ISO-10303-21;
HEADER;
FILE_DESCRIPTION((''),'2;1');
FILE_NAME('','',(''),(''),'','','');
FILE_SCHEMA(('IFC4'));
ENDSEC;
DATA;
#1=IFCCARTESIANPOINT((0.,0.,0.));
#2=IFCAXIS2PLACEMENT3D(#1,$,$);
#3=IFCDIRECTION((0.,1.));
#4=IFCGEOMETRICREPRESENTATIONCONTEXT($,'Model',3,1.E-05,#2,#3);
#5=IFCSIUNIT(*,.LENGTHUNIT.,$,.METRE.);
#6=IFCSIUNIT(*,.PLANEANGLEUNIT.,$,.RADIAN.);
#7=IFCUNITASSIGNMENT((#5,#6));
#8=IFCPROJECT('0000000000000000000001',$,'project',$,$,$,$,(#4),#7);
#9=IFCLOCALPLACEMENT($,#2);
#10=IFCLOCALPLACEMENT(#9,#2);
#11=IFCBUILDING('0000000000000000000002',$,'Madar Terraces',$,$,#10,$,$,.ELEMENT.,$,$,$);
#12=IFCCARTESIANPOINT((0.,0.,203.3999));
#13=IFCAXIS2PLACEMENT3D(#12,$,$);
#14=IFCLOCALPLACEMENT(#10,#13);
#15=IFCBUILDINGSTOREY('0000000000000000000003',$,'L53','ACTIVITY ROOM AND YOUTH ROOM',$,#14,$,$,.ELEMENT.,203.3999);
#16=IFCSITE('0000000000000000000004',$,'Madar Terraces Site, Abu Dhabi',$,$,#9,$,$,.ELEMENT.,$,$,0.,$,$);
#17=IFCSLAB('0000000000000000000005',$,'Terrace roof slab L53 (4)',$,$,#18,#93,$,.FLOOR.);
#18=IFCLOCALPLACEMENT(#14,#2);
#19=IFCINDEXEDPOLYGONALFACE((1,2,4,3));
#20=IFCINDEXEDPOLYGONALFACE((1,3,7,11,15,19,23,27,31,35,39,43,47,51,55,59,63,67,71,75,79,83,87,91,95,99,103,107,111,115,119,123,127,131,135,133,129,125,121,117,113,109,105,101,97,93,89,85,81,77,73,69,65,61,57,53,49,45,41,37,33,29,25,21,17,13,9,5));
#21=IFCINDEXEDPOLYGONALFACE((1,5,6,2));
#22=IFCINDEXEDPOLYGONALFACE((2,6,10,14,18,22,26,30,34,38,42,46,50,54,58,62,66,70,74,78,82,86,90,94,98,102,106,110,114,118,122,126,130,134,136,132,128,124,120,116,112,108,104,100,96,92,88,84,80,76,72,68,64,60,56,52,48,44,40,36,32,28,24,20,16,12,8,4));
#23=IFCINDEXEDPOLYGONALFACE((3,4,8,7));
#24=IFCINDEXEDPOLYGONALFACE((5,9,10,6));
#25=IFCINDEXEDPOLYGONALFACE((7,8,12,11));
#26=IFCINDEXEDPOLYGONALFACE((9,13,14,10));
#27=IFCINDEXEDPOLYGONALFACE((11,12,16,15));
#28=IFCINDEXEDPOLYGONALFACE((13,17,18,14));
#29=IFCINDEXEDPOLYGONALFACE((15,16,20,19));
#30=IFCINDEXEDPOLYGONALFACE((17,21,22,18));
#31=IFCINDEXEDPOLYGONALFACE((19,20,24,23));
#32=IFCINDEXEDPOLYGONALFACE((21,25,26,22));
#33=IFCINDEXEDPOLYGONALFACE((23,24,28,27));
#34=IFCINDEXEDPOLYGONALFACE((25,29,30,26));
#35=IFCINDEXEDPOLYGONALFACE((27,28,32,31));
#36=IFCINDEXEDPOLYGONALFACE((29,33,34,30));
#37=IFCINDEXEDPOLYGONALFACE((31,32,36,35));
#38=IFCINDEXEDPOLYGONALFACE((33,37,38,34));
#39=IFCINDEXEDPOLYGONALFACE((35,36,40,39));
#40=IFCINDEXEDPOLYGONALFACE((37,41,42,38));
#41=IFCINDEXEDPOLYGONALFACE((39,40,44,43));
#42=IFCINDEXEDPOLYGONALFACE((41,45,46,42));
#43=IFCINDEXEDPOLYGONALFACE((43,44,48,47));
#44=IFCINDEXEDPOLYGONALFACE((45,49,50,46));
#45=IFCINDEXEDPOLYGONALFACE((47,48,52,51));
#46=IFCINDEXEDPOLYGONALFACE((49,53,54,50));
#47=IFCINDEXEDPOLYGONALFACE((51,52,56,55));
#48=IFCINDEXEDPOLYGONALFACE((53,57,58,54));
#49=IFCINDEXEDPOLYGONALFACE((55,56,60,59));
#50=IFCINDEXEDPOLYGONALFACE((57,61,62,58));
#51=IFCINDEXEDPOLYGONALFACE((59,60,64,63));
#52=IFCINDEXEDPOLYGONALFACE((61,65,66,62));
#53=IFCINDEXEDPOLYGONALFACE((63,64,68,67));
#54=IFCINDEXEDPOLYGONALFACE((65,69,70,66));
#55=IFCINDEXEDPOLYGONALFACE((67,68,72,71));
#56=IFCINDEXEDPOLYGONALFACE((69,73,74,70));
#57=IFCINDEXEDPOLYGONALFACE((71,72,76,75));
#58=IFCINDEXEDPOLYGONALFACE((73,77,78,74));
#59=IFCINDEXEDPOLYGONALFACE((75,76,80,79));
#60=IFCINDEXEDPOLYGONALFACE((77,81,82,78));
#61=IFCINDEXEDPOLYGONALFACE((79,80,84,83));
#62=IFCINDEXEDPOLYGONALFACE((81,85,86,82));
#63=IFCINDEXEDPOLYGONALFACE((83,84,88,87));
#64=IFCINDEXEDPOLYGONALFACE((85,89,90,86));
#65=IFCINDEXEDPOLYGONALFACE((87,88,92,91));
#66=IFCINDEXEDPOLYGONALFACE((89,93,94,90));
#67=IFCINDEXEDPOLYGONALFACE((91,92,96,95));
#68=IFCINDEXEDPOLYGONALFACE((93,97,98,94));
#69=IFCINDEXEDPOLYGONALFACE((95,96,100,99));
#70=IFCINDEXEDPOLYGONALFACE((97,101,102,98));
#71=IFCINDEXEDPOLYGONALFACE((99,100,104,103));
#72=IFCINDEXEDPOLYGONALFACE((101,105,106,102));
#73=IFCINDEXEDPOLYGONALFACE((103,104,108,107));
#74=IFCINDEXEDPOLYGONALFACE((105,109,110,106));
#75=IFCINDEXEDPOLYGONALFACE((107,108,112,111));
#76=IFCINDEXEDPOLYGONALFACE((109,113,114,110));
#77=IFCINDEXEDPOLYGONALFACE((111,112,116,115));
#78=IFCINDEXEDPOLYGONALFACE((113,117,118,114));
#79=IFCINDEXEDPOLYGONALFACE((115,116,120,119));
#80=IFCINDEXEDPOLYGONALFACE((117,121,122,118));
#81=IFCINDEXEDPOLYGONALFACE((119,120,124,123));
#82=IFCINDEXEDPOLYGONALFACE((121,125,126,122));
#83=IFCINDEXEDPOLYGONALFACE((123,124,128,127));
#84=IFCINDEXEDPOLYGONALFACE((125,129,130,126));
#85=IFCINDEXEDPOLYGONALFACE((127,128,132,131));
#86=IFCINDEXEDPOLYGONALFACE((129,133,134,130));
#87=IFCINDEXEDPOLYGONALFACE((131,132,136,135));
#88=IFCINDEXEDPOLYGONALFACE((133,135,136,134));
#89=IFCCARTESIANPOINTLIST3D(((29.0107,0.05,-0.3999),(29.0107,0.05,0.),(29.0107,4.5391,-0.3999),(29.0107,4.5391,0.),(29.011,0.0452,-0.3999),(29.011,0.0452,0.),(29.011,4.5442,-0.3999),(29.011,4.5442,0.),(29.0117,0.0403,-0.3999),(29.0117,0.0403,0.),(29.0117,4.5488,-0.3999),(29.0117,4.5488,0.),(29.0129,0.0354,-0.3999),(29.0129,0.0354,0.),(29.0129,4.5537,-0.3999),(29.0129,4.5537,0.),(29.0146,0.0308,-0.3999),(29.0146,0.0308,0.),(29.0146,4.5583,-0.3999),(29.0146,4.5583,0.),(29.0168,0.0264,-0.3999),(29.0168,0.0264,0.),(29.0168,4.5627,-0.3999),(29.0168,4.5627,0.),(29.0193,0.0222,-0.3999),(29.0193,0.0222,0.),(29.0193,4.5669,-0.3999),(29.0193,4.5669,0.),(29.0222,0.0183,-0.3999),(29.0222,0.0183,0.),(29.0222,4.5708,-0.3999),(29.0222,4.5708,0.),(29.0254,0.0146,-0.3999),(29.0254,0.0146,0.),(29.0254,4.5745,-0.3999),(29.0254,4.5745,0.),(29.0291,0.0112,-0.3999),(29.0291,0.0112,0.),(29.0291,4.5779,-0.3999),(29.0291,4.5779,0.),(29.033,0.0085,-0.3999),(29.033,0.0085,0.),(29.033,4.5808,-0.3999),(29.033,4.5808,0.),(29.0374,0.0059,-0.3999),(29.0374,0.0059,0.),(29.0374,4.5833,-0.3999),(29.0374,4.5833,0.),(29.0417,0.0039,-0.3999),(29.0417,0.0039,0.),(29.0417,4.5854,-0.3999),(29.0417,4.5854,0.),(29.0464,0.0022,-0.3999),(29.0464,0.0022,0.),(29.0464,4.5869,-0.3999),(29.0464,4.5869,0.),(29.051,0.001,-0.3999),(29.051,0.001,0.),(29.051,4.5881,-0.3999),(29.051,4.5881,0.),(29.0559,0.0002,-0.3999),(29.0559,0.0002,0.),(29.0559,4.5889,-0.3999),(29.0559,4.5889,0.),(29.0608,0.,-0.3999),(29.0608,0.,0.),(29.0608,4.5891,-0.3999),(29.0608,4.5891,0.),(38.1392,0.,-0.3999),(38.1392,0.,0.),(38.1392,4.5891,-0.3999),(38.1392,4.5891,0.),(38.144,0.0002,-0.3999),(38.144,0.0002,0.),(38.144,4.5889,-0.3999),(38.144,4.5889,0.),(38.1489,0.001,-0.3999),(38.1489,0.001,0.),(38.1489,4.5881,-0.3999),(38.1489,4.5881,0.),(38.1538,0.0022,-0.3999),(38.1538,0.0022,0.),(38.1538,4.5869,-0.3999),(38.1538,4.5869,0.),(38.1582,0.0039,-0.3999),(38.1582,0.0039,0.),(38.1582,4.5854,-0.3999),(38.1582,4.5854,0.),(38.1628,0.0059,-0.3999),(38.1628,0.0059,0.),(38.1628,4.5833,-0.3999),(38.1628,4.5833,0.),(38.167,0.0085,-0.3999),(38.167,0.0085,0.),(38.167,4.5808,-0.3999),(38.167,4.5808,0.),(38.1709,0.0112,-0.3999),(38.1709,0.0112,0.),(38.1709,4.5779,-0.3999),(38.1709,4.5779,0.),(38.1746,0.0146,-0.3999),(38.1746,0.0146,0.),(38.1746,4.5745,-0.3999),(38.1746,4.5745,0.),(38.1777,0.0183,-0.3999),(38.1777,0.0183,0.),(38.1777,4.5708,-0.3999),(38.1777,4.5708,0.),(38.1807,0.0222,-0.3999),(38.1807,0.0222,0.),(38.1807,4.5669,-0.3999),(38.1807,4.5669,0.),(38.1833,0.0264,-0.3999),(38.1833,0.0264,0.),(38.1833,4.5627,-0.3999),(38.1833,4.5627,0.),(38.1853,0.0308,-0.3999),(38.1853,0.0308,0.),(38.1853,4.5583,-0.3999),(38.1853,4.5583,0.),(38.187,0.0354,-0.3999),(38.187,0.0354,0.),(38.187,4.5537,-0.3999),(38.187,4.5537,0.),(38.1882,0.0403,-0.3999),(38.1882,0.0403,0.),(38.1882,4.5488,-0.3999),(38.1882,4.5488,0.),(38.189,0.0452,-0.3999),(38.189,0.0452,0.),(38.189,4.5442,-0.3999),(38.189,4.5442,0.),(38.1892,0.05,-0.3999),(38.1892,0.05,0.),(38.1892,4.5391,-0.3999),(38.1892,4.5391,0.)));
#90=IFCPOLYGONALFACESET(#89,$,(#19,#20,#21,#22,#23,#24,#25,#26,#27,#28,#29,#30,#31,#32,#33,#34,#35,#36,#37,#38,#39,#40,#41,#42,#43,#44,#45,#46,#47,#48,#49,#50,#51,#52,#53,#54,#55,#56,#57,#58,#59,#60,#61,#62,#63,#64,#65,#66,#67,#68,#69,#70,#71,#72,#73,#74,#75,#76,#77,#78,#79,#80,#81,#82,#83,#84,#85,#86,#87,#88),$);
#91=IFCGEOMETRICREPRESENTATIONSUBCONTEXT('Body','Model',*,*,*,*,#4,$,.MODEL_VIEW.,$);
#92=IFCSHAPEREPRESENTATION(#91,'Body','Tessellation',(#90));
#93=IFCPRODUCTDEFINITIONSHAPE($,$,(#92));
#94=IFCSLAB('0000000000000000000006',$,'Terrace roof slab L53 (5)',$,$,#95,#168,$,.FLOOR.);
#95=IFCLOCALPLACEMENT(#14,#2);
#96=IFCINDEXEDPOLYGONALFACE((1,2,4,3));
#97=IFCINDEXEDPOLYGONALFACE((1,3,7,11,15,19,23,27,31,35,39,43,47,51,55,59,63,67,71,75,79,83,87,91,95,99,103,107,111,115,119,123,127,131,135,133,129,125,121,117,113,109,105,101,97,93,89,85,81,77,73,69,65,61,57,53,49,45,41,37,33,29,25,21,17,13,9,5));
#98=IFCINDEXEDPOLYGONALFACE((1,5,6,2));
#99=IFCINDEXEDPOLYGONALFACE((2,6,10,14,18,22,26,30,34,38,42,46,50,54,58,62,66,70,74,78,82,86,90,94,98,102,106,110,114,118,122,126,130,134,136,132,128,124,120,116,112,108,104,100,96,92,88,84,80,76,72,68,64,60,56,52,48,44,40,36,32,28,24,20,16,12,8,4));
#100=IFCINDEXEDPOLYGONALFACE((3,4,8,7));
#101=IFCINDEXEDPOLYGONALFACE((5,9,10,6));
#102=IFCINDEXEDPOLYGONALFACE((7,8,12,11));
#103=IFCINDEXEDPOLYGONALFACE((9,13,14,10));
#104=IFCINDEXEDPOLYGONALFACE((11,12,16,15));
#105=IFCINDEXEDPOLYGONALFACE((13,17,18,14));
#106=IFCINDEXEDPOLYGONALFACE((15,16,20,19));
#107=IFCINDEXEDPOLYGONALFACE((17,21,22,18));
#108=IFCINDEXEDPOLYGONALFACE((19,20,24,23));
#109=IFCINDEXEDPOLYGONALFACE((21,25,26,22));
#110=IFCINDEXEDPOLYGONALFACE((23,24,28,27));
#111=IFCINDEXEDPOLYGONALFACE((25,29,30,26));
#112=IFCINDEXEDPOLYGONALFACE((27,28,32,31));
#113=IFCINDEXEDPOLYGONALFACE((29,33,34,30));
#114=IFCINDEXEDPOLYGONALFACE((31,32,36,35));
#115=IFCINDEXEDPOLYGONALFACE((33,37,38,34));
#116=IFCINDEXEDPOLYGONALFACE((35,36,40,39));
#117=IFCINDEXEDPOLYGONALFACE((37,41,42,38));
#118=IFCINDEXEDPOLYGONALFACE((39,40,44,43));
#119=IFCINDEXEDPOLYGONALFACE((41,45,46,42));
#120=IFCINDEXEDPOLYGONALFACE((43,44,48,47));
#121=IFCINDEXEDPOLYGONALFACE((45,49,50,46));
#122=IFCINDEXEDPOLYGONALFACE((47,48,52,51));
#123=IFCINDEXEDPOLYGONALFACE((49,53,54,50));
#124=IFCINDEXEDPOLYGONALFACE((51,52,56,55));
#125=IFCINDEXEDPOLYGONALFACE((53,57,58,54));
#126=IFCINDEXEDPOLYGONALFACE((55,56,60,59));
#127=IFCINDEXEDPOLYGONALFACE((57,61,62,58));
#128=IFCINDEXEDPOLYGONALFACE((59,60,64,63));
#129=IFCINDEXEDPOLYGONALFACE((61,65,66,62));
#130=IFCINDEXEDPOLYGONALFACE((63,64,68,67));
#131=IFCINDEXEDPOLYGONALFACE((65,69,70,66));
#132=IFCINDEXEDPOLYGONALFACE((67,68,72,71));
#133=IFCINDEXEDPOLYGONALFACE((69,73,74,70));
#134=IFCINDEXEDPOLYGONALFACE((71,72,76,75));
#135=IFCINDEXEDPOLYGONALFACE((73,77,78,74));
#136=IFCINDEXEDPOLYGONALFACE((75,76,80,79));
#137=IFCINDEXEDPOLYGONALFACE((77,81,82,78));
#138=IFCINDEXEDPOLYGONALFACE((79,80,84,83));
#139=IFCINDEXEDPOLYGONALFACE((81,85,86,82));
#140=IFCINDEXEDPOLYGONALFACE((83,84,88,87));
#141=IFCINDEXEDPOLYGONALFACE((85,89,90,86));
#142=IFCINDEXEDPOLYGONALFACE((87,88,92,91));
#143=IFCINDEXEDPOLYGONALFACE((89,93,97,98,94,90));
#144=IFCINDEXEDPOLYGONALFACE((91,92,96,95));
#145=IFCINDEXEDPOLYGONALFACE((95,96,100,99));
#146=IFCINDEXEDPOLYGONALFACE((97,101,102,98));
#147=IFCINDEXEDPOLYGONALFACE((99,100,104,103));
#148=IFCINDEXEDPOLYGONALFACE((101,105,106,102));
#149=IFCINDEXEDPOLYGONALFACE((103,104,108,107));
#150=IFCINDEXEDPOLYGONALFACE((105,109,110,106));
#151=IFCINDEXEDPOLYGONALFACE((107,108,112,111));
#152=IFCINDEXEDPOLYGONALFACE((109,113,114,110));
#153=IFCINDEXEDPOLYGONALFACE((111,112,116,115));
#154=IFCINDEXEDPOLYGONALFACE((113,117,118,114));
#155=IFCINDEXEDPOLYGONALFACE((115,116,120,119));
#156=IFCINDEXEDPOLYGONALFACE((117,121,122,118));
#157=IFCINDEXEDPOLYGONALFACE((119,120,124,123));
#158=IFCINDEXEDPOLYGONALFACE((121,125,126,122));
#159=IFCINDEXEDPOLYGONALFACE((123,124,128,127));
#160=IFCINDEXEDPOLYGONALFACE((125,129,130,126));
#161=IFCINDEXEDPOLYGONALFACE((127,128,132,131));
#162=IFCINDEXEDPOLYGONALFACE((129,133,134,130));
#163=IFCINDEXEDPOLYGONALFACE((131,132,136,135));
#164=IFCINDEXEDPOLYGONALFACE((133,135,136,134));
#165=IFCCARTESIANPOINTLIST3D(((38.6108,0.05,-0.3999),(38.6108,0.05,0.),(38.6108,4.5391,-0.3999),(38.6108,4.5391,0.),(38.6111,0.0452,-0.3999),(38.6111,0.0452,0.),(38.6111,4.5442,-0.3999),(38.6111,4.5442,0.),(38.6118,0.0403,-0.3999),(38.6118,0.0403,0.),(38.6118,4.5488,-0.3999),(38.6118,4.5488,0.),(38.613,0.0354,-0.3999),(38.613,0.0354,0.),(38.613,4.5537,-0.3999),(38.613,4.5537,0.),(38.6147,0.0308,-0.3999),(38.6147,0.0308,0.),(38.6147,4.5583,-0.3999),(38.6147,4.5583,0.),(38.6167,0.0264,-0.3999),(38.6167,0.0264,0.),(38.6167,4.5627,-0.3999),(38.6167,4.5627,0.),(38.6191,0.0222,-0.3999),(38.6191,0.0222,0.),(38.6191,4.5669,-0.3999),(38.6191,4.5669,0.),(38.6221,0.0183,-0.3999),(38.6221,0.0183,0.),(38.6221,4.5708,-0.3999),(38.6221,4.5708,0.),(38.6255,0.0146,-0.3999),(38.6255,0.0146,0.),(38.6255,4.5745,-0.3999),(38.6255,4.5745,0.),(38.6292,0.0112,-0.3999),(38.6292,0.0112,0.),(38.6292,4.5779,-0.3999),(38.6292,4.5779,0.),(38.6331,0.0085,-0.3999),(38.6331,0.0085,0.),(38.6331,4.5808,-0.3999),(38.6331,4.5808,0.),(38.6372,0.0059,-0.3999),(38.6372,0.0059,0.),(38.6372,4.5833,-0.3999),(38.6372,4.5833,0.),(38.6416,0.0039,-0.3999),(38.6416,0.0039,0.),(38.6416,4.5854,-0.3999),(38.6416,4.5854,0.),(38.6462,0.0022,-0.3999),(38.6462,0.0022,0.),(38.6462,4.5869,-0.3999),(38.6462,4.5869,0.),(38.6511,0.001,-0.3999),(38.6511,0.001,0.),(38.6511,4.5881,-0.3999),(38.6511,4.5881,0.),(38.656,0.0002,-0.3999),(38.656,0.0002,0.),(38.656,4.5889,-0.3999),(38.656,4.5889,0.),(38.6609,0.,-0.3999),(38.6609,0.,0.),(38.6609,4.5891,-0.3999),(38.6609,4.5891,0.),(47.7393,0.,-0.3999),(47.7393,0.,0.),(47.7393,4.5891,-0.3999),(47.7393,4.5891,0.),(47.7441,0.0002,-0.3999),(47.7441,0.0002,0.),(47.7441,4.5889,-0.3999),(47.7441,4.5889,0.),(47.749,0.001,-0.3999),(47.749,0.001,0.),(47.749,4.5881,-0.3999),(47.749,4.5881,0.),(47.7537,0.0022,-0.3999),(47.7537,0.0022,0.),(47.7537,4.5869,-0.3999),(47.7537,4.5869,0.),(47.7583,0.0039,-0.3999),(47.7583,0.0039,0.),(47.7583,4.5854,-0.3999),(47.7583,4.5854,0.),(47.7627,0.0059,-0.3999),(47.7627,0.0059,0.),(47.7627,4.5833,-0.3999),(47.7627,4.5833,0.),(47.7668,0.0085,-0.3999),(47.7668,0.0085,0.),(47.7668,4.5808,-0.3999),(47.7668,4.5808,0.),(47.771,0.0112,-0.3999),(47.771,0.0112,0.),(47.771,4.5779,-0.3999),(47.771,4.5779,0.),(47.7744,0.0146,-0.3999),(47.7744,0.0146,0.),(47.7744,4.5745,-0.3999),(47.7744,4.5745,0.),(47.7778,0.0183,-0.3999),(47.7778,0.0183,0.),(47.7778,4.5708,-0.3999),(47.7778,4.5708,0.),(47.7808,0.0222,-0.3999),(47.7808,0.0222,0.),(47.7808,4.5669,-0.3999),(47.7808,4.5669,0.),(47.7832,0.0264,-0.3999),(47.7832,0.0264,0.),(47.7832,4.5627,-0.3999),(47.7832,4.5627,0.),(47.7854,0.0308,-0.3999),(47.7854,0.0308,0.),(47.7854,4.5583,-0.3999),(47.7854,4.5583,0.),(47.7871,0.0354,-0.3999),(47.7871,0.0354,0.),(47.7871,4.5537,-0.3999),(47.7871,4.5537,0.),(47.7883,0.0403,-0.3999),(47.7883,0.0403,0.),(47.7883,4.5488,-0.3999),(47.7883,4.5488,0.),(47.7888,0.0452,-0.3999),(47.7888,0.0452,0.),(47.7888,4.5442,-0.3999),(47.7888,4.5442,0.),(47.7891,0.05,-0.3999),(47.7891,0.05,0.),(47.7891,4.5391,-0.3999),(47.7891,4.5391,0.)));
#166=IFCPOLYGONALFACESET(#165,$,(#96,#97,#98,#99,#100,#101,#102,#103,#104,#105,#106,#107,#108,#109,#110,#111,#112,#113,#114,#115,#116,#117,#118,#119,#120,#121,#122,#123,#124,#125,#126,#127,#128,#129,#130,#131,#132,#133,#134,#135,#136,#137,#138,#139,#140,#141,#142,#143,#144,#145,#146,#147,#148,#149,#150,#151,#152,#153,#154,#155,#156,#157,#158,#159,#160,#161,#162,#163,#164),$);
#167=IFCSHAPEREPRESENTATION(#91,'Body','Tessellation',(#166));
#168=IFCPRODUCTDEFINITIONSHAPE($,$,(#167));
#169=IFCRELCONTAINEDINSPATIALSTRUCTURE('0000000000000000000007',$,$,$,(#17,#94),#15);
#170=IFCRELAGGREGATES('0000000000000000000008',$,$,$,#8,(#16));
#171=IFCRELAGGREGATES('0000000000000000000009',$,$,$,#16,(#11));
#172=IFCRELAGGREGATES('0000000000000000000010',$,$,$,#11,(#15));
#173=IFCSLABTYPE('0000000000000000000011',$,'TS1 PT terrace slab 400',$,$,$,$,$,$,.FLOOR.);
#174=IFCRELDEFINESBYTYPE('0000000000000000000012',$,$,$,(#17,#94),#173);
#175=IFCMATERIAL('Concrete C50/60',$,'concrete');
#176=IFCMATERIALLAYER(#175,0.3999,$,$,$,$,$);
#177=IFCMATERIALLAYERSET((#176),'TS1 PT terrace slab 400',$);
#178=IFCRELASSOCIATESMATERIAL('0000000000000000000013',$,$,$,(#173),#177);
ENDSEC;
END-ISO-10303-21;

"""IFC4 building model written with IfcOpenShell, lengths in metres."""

from ifc_helpers import new_model, si_unit, direction, frame, origin, place, context, subcontext, project, spatial, polyline, outline, extrude, material, layer, layer_set, type_object, element, save


model = new_model("IFC4")

# Units and contexts
model_context = context("Model", 3, precision=1e-05, world=origin(), true_north=direction((0.0, 1.0)))
body_context = subcontext(model_context, "Body", "Model", "MODEL_VIEW")
ifc_project = project(units=[si_unit("LENGTHUNIT", "METRE"), si_unit("PLANEANGLEUNIT", "RADIAN")], contexts=[model_context])

# Site, building, storey
site_placement = place(None, origin())
site = spatial("IfcSite", under=ifc_project, at=site_placement, Name="Madar Terraces Site, Abu Dhabi", CompositionType="ELEMENT", RefElevation=0.0)
building_placement = place(site_placement, origin())
building = spatial("IfcBuilding", under=site, at=building_placement, Name="Madar Terraces", CompositionType="ELEMENT")
storey_placement = place(building_placement, frame((0.0, 0.0, 203.3999)))
storey = spatial("IfcBuildingStorey", under=building, at=storey_placement, Name="L53", Description="ACTIVITY ROOM AND YOUTH ROOM", CompositionType="ELEMENT", Elevation=203.3999)

# Slabs
ifc_material_1 = material(Name="Concrete C50/60", Category="concrete")
ifc_layer_1 = layer(ifc_material_1, 0.3999)
ifc_layer_set_1 = layer_set([ifc_layer_1], Name="TS1 PT terrace slab 400")
slab_type_1 = type_object("IfcSlabType", Name="TS1 PT terrace slab 400", PredefinedType="FLOOR", material=ifc_layer_set_1)
slab_1_placement = place(storey_placement, frame((0.0, 0.0, -0.3999)))
element("IfcSlab", 1, at=slab_1_placement, inside=storey, type_object=slab_type_1, Name="Terrace roof slab L53 (4)", PredefinedType="FLOOR", context=body_context, shape_type="SweptSolid", body=[
    extrude(outline(polyline([(29.051, 0.001), (29.0559, 0.0002), (29.0608, 0.0), (38.1392, 0.0), (38.144, 0.0002), (38.1489, 0.001), (38.1538, 0.0022), (38.1582, 0.0039), (38.1628, 0.0059), (38.167, 0.0085), (38.1709, 0.0112), (38.1746, 0.0146), (38.1777, 0.0183), (38.1807, 0.0222), (38.1833, 0.0264), (38.1853, 0.0308), (38.187, 0.0354), (38.1882, 0.0403), (38.189, 0.0452), (38.1892, 0.05), (38.1892, 4.5391), (38.189, 4.5442), (38.1882, 4.5488), (38.187, 4.5537), (38.1853, 4.5583), (38.1833, 4.5627), (38.1807, 4.5669), (38.1777, 4.5708), (38.1746, 4.5745), (38.1709, 4.5779), (38.167, 4.5808), (38.1628, 4.5833), (38.1582, 4.5854), (38.1538, 4.5869), (38.1489, 4.5881), (38.144, 4.5889), (38.1392, 4.5891), (29.0608, 4.5891), (29.0559, 4.5889), (29.051, 4.5881), (29.0464, 4.5869), (29.0417, 4.5854), (29.0374, 4.5833), (29.033, 4.5808), (29.0291, 4.5779), (29.0254, 4.5745), (29.0222, 4.5708), (29.0193, 4.5669), (29.0168, 4.5627), (29.0146, 4.5583), (29.0129, 4.5537), (29.0117, 4.5488), (29.011, 4.5442), (29.0107, 4.5391), (29.0107, 0.05), (29.011, 0.0452), (29.0117, 0.0403), (29.0129, 0.0354), (29.0146, 0.0308), (29.0168, 0.0264), (29.0193, 0.0222), (29.0222, 0.0183), (29.0254, 0.0146), (29.0291, 0.0112), (29.033, 0.0085), (29.0374, 0.0059), (29.0417, 0.0039), (29.0464, 0.0022), (29.051, 0.001)])), origin(), (0.0, 0.0, 1.0), 0.3999),
])
slab_2_placement = place(storey_placement, frame((0.0, 0.0, -0.3999)))
element("IfcSlab", 2, at=slab_2_placement, inside=storey, type_object=slab_type_1, Name="Terrace roof slab L53 (5)", PredefinedType="FLOOR", context=body_context, shape_type="SweptSolid", body=[
    extrude(outline(polyline([(38.6511, 0.001), (38.656, 0.0002), (38.6609, 0.0), (47.7393, 0.0), (47.7441, 0.0002), (47.749, 0.001), (47.7537, 0.0022), (47.7583, 0.0039), (47.7627, 0.0059), (47.7668, 0.0085), (47.771, 0.0112), (47.7744, 0.0146), (47.7778, 0.0183), (47.7808, 0.0222), (47.7832, 0.0264), (47.7854, 0.0308), (47.7871, 0.0354), (47.7883, 0.0403), (47.7888, 0.0452), (47.7891, 0.05), (47.7891, 4.5391), (47.7888, 4.5442), (47.7883, 4.5488), (47.7871, 4.5537), (47.7854, 4.5583), (47.7832, 4.5627), (47.7808, 4.5669), (47.7778, 4.5708), (47.7744, 4.5745), (47.771, 4.5779), (47.7668, 4.5808), (47.7627, 4.5833), (47.7583, 4.5854), (47.7537, 4.5869), (47.749, 4.5881), (47.7441, 4.5889), (47.7393, 4.5891), (38.6609, 4.5891), (38.656, 4.5889), (38.6511, 4.5881), (38.6462, 4.5869), (38.6416, 4.5854), (38.6372, 4.5833), (38.6331, 4.5808), (38.6292, 4.5779), (38.6255, 4.5745), (38.6221, 4.5708), (38.6191, 4.5669), (38.6167, 4.5627), (38.6147, 4.5583), (38.613, 4.5537), (38.6118, 4.5488), (38.6111, 4.5442), (38.6108, 4.5391), (38.6108, 0.05), (38.6111, 0.0452), (38.6118, 0.0403), (38.613, 0.0354), (38.6147, 0.0308), (38.6167, 0.0264), (38.6191, 0.0222), (38.6221, 0.0183), (38.6255, 0.0146), (38.6292, 0.0112), (38.6331, 0.0085), (38.6372, 0.0059), (38.6416, 0.0039), (38.6462, 0.0022), (38.6511, 0.001)])), origin(), (0.0, 0.0, 1.0), 0.3999),
])

save(model, "model.ifc")
